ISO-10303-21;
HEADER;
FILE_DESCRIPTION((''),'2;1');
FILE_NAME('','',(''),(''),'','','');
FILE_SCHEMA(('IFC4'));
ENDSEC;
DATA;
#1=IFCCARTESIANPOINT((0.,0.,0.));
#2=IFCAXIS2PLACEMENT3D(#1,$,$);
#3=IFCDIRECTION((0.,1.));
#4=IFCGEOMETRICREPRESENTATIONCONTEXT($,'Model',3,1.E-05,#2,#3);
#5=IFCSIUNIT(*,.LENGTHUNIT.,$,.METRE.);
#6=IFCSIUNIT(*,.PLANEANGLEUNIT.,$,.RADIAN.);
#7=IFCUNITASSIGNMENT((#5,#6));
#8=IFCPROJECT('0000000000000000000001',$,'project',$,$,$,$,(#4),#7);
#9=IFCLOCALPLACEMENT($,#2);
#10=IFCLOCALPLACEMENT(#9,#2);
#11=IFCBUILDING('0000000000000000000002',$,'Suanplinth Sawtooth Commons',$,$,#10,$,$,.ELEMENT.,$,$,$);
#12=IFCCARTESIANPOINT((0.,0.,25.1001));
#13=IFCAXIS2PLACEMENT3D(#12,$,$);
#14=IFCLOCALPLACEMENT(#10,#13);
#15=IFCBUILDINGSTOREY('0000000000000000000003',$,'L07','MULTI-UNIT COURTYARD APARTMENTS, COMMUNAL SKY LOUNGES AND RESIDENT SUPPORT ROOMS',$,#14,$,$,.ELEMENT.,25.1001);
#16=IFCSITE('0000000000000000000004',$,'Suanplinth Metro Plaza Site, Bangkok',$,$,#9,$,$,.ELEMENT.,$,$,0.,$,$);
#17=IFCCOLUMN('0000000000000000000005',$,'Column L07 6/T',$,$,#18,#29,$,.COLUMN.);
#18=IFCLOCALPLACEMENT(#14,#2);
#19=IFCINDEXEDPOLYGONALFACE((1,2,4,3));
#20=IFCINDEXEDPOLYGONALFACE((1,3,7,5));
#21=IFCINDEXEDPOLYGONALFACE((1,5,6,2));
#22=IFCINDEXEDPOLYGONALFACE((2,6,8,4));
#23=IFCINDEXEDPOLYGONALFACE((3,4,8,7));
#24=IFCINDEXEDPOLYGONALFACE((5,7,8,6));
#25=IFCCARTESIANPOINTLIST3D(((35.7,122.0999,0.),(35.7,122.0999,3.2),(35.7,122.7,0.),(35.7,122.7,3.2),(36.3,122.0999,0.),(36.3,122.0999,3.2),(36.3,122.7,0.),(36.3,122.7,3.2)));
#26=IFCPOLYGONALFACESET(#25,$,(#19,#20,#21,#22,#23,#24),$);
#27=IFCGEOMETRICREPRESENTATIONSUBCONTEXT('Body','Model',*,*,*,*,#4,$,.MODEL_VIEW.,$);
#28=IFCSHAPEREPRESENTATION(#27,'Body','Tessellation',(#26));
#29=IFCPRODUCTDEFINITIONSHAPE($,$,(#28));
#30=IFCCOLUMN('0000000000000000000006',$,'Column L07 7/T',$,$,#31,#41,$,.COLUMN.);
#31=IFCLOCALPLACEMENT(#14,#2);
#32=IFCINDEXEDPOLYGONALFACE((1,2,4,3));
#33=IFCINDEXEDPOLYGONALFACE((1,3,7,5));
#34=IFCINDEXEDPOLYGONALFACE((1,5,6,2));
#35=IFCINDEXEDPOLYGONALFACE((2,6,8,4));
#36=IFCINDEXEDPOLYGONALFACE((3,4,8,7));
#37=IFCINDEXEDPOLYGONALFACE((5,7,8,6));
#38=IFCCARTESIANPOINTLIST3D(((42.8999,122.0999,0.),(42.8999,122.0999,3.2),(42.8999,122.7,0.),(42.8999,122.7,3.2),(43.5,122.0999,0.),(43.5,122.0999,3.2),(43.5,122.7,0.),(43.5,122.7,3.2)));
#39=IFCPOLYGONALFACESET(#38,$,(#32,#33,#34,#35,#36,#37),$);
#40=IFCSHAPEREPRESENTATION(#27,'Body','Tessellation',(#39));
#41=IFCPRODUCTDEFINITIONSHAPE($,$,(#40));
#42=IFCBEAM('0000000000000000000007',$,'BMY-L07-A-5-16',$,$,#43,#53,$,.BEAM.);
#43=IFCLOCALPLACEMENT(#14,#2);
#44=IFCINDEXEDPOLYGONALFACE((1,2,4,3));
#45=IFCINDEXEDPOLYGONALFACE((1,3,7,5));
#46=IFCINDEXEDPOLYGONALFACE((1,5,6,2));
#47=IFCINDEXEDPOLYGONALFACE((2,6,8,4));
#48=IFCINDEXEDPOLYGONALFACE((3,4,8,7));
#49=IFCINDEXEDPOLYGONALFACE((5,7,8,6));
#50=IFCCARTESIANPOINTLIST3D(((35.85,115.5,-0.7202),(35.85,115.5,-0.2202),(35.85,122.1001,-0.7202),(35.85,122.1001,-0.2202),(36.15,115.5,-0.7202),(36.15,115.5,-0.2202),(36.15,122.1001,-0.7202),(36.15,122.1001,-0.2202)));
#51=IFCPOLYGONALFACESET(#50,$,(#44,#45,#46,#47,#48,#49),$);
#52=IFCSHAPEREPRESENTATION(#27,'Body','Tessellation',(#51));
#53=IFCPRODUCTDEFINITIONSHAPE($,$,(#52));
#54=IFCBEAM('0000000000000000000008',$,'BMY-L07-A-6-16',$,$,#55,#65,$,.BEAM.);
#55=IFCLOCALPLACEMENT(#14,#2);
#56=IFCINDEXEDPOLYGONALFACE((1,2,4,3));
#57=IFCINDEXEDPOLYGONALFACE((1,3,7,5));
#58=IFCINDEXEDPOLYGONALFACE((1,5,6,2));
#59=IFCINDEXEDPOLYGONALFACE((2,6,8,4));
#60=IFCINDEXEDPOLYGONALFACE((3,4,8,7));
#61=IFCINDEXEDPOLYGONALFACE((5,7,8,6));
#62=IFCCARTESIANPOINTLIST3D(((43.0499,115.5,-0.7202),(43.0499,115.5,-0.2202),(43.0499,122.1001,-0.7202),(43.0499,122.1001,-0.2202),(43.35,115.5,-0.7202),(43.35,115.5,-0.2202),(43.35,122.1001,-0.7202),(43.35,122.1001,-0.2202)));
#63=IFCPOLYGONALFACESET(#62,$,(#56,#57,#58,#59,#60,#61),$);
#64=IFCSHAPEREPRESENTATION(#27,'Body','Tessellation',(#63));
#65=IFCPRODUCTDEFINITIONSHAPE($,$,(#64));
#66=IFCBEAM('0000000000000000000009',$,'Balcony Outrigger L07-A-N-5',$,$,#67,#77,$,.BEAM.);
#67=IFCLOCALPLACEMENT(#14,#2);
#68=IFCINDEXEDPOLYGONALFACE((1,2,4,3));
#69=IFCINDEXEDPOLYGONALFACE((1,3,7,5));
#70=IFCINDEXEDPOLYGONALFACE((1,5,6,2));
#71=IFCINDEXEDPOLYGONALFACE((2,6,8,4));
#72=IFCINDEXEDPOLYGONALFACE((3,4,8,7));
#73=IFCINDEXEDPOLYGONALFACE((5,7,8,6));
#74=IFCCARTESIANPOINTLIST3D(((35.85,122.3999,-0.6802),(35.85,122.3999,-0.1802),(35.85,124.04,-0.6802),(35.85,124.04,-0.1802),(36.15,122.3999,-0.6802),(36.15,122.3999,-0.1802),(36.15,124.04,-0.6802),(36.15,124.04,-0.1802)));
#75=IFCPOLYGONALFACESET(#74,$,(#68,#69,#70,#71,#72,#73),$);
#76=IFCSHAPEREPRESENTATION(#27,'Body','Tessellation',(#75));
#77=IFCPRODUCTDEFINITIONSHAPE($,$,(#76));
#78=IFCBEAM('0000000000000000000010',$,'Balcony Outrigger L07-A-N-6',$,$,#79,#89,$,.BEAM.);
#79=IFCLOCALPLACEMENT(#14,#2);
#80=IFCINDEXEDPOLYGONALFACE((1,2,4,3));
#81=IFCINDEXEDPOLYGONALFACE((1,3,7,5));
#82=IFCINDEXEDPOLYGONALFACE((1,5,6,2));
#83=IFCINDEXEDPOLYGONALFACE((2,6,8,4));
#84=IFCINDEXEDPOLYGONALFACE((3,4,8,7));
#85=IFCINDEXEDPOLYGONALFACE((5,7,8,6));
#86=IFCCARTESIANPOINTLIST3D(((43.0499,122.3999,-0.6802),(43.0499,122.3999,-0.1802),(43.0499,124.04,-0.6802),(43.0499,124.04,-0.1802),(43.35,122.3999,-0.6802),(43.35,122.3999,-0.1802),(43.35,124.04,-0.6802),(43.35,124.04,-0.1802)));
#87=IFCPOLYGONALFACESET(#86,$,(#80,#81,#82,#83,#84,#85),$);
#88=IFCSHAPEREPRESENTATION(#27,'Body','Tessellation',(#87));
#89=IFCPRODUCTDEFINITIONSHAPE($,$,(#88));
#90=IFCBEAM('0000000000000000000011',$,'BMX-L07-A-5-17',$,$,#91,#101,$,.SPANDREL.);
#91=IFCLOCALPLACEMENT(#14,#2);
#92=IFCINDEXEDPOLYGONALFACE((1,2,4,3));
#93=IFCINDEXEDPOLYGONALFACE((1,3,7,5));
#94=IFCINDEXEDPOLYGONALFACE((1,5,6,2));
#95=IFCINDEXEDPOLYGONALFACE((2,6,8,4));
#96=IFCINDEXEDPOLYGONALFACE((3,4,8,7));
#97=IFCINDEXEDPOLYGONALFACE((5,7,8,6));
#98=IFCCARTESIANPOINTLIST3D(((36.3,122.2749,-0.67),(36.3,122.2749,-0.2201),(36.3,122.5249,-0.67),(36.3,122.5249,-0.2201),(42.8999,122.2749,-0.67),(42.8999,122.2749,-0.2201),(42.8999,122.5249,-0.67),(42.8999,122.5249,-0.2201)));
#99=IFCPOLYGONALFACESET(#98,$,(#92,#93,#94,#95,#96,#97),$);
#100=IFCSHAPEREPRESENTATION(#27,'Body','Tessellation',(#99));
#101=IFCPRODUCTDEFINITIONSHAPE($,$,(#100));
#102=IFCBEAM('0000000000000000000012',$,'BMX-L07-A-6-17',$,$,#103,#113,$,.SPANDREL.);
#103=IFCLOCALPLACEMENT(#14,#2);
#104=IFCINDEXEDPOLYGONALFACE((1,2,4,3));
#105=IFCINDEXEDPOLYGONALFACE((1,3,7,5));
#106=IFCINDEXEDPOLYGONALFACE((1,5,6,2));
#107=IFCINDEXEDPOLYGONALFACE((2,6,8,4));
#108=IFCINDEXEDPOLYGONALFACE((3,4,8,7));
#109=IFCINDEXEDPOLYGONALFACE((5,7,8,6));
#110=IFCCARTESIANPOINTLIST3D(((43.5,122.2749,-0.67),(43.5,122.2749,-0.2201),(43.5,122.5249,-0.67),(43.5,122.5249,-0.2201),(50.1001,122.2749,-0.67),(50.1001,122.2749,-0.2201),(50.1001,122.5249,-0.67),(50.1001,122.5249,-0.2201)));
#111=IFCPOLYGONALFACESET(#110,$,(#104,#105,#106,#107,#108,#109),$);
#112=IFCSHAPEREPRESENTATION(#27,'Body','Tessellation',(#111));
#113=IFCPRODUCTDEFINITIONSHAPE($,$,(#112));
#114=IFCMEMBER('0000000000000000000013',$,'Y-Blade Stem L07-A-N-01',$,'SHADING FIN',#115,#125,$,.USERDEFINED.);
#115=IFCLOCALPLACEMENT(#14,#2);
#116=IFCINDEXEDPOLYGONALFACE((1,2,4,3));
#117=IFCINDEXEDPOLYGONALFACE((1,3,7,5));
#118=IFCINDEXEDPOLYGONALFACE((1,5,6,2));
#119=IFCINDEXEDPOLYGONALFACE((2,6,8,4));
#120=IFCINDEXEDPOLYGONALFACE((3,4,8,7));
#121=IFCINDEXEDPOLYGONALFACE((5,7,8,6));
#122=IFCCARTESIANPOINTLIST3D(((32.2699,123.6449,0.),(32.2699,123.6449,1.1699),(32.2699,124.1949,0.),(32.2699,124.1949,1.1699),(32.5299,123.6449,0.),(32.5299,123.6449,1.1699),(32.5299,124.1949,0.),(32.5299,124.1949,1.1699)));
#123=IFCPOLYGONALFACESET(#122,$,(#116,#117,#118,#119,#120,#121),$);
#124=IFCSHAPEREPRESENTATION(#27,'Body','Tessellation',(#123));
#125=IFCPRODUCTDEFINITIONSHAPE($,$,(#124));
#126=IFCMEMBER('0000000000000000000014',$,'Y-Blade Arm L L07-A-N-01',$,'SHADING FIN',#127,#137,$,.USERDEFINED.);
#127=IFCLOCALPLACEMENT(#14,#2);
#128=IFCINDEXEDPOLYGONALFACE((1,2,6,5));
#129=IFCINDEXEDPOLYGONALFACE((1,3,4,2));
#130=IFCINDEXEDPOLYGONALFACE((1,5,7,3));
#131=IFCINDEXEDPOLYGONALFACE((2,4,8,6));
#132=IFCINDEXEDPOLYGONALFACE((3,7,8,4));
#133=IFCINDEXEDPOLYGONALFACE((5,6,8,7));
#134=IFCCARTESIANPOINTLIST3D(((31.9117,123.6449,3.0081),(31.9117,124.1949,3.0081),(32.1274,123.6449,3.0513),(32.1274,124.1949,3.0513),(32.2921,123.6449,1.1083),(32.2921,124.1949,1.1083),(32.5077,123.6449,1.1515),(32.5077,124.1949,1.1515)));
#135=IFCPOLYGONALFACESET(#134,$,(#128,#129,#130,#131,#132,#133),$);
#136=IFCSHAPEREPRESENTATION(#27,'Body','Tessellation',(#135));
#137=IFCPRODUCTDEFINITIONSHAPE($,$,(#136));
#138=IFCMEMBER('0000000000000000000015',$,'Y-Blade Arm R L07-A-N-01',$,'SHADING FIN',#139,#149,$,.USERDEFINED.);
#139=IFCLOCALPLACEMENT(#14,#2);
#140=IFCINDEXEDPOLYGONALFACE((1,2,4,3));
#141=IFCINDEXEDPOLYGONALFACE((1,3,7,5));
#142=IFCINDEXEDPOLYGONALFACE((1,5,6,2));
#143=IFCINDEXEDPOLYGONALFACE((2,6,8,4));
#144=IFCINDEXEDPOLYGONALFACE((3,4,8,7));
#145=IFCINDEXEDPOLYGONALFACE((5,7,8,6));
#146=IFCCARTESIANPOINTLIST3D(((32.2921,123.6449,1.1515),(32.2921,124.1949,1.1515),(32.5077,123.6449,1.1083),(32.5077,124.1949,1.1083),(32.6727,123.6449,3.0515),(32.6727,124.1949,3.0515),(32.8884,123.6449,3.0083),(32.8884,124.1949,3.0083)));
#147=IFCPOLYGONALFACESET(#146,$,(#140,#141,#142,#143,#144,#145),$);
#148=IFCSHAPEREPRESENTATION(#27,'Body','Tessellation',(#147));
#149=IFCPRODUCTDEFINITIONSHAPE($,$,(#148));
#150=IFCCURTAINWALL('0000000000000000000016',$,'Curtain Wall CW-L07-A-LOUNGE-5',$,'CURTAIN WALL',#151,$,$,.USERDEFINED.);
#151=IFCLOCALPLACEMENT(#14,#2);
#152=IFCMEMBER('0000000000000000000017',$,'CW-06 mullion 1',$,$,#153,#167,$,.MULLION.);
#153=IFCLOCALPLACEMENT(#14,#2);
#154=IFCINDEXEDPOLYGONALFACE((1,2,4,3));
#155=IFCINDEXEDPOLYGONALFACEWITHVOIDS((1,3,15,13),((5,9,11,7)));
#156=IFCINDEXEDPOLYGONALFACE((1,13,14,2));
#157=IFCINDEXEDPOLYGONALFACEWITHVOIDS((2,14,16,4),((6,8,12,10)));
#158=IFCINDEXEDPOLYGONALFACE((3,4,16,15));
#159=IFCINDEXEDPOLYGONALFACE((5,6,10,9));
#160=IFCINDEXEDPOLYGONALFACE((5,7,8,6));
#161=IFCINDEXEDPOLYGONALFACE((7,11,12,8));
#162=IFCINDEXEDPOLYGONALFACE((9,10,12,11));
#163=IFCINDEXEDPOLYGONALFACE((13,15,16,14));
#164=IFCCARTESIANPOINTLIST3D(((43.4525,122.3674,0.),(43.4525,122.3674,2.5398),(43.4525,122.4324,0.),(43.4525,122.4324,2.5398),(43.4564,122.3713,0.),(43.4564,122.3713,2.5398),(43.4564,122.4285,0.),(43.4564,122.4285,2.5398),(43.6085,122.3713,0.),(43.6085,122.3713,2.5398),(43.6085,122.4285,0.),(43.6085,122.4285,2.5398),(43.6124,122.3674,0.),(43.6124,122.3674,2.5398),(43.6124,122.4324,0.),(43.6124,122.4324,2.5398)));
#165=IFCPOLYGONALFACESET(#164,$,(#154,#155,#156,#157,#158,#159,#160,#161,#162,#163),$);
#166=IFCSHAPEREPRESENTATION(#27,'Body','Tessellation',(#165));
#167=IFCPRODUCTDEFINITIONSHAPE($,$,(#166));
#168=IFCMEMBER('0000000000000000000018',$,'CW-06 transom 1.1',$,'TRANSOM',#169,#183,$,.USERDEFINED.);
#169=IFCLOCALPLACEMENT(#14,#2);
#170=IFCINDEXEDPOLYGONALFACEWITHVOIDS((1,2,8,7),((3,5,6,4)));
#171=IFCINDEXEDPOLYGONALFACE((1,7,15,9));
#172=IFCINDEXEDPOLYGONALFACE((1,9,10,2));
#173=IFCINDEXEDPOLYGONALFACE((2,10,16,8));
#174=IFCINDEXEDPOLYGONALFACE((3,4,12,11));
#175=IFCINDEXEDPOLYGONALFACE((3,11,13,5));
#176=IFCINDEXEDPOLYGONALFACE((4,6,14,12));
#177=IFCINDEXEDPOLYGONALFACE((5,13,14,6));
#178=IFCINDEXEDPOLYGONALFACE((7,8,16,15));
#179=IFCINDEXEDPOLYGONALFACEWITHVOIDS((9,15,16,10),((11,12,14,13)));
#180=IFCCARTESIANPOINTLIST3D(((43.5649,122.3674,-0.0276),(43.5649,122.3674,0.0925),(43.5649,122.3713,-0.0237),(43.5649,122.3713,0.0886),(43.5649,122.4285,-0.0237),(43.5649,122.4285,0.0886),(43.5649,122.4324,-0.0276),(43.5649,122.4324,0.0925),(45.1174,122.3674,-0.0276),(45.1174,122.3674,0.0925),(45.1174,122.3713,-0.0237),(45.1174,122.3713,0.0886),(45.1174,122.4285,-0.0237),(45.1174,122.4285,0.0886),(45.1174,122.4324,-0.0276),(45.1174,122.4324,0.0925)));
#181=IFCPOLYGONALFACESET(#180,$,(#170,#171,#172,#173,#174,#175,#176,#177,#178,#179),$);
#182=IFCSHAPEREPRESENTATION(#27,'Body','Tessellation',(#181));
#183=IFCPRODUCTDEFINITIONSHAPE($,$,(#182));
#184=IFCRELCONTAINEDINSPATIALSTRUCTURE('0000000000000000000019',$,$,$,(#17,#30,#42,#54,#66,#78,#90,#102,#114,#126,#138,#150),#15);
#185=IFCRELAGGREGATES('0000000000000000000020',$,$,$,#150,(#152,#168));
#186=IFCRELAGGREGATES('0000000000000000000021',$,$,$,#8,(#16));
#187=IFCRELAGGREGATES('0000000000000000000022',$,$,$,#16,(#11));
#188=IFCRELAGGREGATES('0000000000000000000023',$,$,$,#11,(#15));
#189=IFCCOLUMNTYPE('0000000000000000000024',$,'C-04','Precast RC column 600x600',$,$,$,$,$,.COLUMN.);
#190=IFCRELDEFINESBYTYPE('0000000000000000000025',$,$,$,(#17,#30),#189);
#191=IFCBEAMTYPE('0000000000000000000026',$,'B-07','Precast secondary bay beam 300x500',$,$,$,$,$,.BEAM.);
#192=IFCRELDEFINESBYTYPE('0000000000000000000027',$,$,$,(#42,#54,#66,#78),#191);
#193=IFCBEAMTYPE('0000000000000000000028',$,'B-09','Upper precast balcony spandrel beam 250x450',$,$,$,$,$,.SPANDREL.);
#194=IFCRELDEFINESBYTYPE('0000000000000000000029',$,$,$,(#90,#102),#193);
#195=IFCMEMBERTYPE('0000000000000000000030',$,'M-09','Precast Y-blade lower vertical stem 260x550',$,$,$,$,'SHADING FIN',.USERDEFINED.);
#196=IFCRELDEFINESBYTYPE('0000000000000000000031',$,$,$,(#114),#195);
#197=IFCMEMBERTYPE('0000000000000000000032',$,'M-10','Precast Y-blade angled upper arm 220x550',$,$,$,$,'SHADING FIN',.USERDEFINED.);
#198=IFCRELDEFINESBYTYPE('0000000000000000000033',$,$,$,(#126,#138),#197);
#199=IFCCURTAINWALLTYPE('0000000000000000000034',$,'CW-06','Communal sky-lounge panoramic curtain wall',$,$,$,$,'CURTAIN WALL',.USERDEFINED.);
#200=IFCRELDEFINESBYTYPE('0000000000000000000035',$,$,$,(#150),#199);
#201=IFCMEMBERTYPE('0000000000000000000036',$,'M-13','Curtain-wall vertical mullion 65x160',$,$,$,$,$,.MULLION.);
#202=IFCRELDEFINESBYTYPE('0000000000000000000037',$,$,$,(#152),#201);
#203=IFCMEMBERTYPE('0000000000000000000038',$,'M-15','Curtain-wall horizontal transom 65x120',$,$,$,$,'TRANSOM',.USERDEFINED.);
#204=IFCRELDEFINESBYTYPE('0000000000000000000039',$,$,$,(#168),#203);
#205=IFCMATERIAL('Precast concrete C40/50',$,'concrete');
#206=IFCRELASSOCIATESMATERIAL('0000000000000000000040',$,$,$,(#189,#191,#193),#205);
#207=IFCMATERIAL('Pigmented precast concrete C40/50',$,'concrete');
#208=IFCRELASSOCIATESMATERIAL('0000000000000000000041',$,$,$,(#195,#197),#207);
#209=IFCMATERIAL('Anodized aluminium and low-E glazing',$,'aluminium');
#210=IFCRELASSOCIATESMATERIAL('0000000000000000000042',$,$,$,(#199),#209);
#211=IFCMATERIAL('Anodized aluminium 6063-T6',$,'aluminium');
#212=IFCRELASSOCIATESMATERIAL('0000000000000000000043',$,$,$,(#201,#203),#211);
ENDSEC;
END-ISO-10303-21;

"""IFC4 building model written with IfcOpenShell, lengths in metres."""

from ifc_helpers import new_model, si_unit, direction, frame, origin, origin_2d, place, context, subcontext, project, spatial, rectangle, hollow_rectangle, extrude, material, material_profile, profile_set, type_object, element, aggregate, save


model = new_model("IFC4")

# Units and contexts
model_context = context("Model", 3, precision=1e-05, world=origin(), true_north=direction((0.0, 1.0)))
body_context = subcontext(model_context, "Body", "Model", "MODEL_VIEW")
ifc_project = project(units=[si_unit("LENGTHUNIT", "METRE"), si_unit("PLANEANGLEUNIT", "RADIAN")], contexts=[model_context])

# Site, building, storey
site_placement = place(None, origin())
site = spatial("IfcSite", under=ifc_project, at=site_placement, Name="Suanplinth Metro Plaza Site, Bangkok", CompositionType="ELEMENT", RefElevation=0.0)
building_placement = place(site_placement, origin())
building = spatial("IfcBuilding", under=site, at=building_placement, Name="Suanplinth Sawtooth Commons", CompositionType="ELEMENT")
storey_placement = place(building_placement, frame((0.0, 0.0, 25.1001)))
storey = spatial("IfcBuildingStorey", under=building, at=storey_placement, Name="L07", Description="MULTI-UNIT COURTYARD APARTMENTS, COMMUNAL SKY LOUNGES AND RESIDENT SUPPORT ROOMS", CompositionType="ELEMENT", Elevation=25.1001)

# Columns
ifc_material_1 = material(Name="Precast concrete C40/50", Category="concrete")
ifc_material_profile_1 = material_profile(ifc_material_1, rectangle(XDim=0.6001, YDim=0.6001, at=origin_2d()), Name="PC-COL 600x600")
ifc_profile_set_1 = profile_set([ifc_material_profile_1], Name="Precast concrete C40/50")
column_type = type_object("IfcColumnType", Name="C-04", Description="Precast RC column 600x600", PredefinedType="COLUMN", material=ifc_profile_set_1)
for number, where, z_axis, x_axis, name in (
    (1, (36.0, 122.3999, 0.0), (0.0, 0.0, 1.0), (1.0, 0.0, 0.0), "Column L07 6/T"),
    (2, (43.2, 122.3999, 0.0), (0.0, 0.0, 1.0), (1.0, 0.0, 0.0), "Column L07 7/T"),
):
    element("IfcColumn", number, at=place(storey_placement, frame(where, z_axis=z_axis, x_axis=x_axis)), inside=storey, type_object=column_type, Name=name, PredefinedType="COLUMN", context=body_context, shape_type="SweptSolid", body=[
        extrude(rectangle(XDim=0.6001, YDim=0.6001, at=origin_2d()), origin(), (0.0, 0.0, 1.0), 3.2),
    ])

# Beams
ifc_material_profile_2 = material_profile(ifc_material_1, rectangle(XDim=0.3, YDim=0.5, at=origin_2d()), Name="PC-BM 300x500")
ifc_profile_set_2 = profile_set([ifc_material_profile_2], Name="Precast concrete C40/50")
beam_type_1 = type_object("IfcBeamType", Name="B-07", Description="Precast secondary bay beam 300x500", PredefinedType="BEAM", material=ifc_profile_set_2)
for number, where, z_axis, x_axis, name in (
    (3, (36.0, 115.5, -0.4702), (0.0, 1.0, 0.0), (-1.0, 0.0, 0.0), "BMY-L07-A-5-16"),
    (4, (43.2, 115.5, -0.4702), (0.0, 1.0, 0.0), (-1.0, 0.0, 0.0), "BMY-L07-A-6-16"),
):
    element("IfcBeam", number, at=place(storey_placement, frame(where, z_axis=z_axis, x_axis=x_axis)), inside=storey, type_object=beam_type_1, Name=name, PredefinedType="BEAM", context=body_context, shape_type="SweptSolid", body=[
        extrude(rectangle(XDim=0.3, YDim=0.5, at=origin_2d()), origin(), (0.0, 0.0, 1.0), 6.6001),
    ])
for number, where, z_axis, x_axis, name in (
    (5, (36.0, 122.3999, -0.4302), (0.0, 1.0, 0.0), (-1.0, 0.0, 0.0), "Balcony Outrigger L07-A-N-5"),
    (6, (43.2, 122.3999, -0.4302), (0.0, 1.0, 0.0), (-1.0, 0.0, 0.0), "Balcony Outrigger L07-A-N-6"),
):
    element("IfcBeam", number, at=place(storey_placement, frame(where, z_axis=z_axis, x_axis=x_axis)), inside=storey, type_object=beam_type_1, Name=name, PredefinedType="BEAM", context=body_context, shape_type="SweptSolid", body=[
        extrude(rectangle(XDim=0.3, YDim=0.5, at=origin_2d()), origin(), (0.0, 0.0, 1.0), 1.6401),
    ])
ifc_material_profile_3 = material_profile(ifc_material_1, rectangle(XDim=0.25, YDim=0.45, at=origin_2d()), Name="PC-SP 250x450")
ifc_profile_set_3 = profile_set([ifc_material_profile_3], Name="Precast concrete C40/50")
beam_type_2 = type_object("IfcBeamType", Name="B-09", Description="Upper precast balcony spandrel beam 250x450", PredefinedType="SPANDREL", material=ifc_profile_set_3)
beam_1_placement = place(storey_placement, frame((36.3, 122.3999, -0.4451), z_axis=(1.0, 0.0, 0.0), x_axis=(0.0, 1.0, 0.0)))
element("IfcBeam", 7, at=beam_1_placement, inside=storey, type_object=beam_type_2, Name="BMX-L07-A-5-17", PredefinedType="SPANDREL", context=body_context, shape_type="SweptSolid", body=[
    extrude(rectangle(XDim=0.25, YDim=0.45, at=origin_2d()), origin(), (0.0, 0.0, 1.0), 6.5999),
])
beam_2_placement = place(storey_placement, frame((43.5, 122.3999, -0.4451), z_axis=(1.0, 0.0, 0.0), x_axis=(0.0, 1.0, 0.0)))
element("IfcBeam", 8, at=beam_2_placement, inside=storey, type_object=beam_type_2, Name="BMX-L07-A-6-17", PredefinedType="SPANDREL", context=body_context, shape_type="SweptSolid", body=[
    extrude(rectangle(XDim=0.25, YDim=0.45, at=origin_2d()), origin(), (0.0, 0.0, 1.0), 6.6001),
])

# Members
ifc_material_2 = material(Name="Pigmented precast concrete C40/50", Category="concrete")
ifc_material_profile_4 = material_profile(ifc_material_2, rectangle(XDim=0.26, YDim=0.55, at=origin_2d()), Name="PC-FIN 260x550")
ifc_profile_set_4 = profile_set([ifc_material_profile_4], Name="Pigmented precast concrete C40/50")
member_type_1 = type_object("IfcMemberType", Name="M-09", Description="Precast Y-blade lower vertical stem 260x550", ElementType="SHADING FIN", PredefinedType="USERDEFINED", material=ifc_profile_set_4)
member_1_placement = place(storey_placement, frame((32.3999, 123.9199, 0.0), z_axis=(0.0, 0.0, 1.0), x_axis=(1.0, 0.0, 0.0)))
element("IfcMember", 9, at=member_1_placement, inside=storey, type_object=member_type_1, Name="Y-Blade Stem L07-A-N-01", ObjectType="SHADING FIN", PredefinedType="USERDEFINED", context=body_context, shape_type="SweptSolid", body=[
    extrude(rectangle(XDim=0.26, YDim=0.55, at=origin_2d()), origin(), (0.0, 0.0, 1.0), 1.1699),
])
ifc_material_profile_5 = material_profile(ifc_material_2, rectangle(XDim=0.22, YDim=0.55, at=origin_2d()), Name="PC-FIN 220x550")
ifc_profile_set_5 = profile_set([ifc_material_profile_5], Name="Pigmented precast concrete C40/50")
member_type_2 = type_object("IfcMemberType", Name="M-10", Description="Precast Y-blade angled upper arm 220x550", ElementType="SHADING FIN", PredefinedType="USERDEFINED", material=ifc_profile_set_5)
member_2_placement = place(storey_placement, frame((32.3999, 123.9199, 1.1299), z_axis=(-0.19631, 0.0, 0.980542), x_axis=(0.980542, 0.0, 0.19631)))
element("IfcMember", 10, at=member_2_placement, inside=storey, type_object=member_type_2, Name="Y-Blade Arm L L07-A-N-01", ObjectType="SHADING FIN", PredefinedType="USERDEFINED", context=body_context, shape_type="SweptSolid", body=[
    extrude(rectangle(XDim=0.22, YDim=0.55, at=origin_2d()), origin(), (0.0, 0.0, 1.0), 1.9375),
])
member_3_placement = place(storey_placement, frame((32.3999, 123.9199, 1.1299), z_axis=(0.196431, 0.0, 0.980518), x_axis=(-0.980518, 0.0, 0.196431)))
element("IfcMember", 11, at=member_3_placement, inside=storey, type_object=member_type_2, Name="Y-Blade Arm R L07-A-N-01", ObjectType="SHADING FIN", PredefinedType="USERDEFINED", context=body_context, shape_type="SweptSolid", body=[
    extrude(rectangle(XDim=0.22, YDim=0.55, at=origin_2d()), origin(), (0.0, 0.0, 1.0), 1.9377),
])

# Curtain wall, members
ifc_material_3 = material(Name="Anodized aluminium and low-E glazing", Category="aluminium")
curtain_wall_type = type_object("IfcCurtainWallType", Name="CW-06", Description="Communal sky-lounge panoramic curtain wall", ElementType="CURTAIN WALL", PredefinedType="USERDEFINED", material=ifc_material_3)
curtain_wall_placement = place(storey_placement, origin())
curtain_wall = element("IfcCurtainWall", 12, at=curtain_wall_placement, inside=storey, type_object=curtain_wall_type, Name="Curtain Wall CW-L07-A-LOUNGE-5", ObjectType="CURTAIN WALL", PredefinedType="USERDEFINED")
ifc_material_4 = material(Name="Anodized aluminium 6063-T6", Category="aluminium")
ifc_material_profile_6 = material_profile(ifc_material_4, hollow_rectangle(XDim=0.0649, YDim=0.1599, WallThickness=0.0039, at=origin_2d()), Name="ALU-MUL 65x160")
ifc_profile_set_6 = profile_set([ifc_material_profile_6], Name="Anodized aluminium 6063-T6")
member_type_3 = type_object("IfcMemberType", Name="M-13", Description="Curtain-wall vertical mullion 65x160", PredefinedType="MULLION", material=ifc_profile_set_6)
member_4_placement = place(storey_placement, frame((43.5325, 122.3999, 0.0), z_axis=(0.0, 0.0, 1.0), x_axis=(0.0, 1.0, 0.0)))
member_4 = element("IfcMember", 13, at=member_4_placement, type_object=member_type_3, Name="CW-06 mullion 1", PredefinedType="MULLION", context=body_context, shape_type="SweptSolid", body=[
    extrude(hollow_rectangle(XDim=0.0649, YDim=0.1599, WallThickness=0.0039, at=origin_2d()), origin(), (0.0, 0.0, 1.0), 2.5398),
])
ifc_material_profile_7 = material_profile(ifc_material_4, hollow_rectangle(XDim=0.0649, YDim=0.1201, WallThickness=0.0039, at=origin_2d()), Name="ALU-TRN 65x120")
ifc_profile_set_7 = profile_set([ifc_material_profile_7], Name="Anodized aluminium 6063-T6")
member_type_4 = type_object("IfcMemberType", Name="M-15", Description="Curtain-wall horizontal transom 65x120", ElementType="TRANSOM", PredefinedType="USERDEFINED", material=ifc_profile_set_7)
member_5_placement = place(storey_placement, frame((43.5649, 122.3999, 0.0325), z_axis=(1.0, 0.0, 0.0), x_axis=(0.0, 1.0, 0.0)))
member_5 = element("IfcMember", 14, at=member_5_placement, type_object=member_type_4, Name="CW-06 transom 1.1", ObjectType="TRANSOM", PredefinedType="USERDEFINED", context=body_context, shape_type="SweptSolid", body=[
    extrude(hollow_rectangle(XDim=0.0649, YDim=0.1201, WallThickness=0.0039, at=origin_2d()), origin(), (0.0, 0.0, 1.0), 1.5525),
])
aggregate(curtain_wall, [member_4, member_5])

save(model, "model.ifc")
